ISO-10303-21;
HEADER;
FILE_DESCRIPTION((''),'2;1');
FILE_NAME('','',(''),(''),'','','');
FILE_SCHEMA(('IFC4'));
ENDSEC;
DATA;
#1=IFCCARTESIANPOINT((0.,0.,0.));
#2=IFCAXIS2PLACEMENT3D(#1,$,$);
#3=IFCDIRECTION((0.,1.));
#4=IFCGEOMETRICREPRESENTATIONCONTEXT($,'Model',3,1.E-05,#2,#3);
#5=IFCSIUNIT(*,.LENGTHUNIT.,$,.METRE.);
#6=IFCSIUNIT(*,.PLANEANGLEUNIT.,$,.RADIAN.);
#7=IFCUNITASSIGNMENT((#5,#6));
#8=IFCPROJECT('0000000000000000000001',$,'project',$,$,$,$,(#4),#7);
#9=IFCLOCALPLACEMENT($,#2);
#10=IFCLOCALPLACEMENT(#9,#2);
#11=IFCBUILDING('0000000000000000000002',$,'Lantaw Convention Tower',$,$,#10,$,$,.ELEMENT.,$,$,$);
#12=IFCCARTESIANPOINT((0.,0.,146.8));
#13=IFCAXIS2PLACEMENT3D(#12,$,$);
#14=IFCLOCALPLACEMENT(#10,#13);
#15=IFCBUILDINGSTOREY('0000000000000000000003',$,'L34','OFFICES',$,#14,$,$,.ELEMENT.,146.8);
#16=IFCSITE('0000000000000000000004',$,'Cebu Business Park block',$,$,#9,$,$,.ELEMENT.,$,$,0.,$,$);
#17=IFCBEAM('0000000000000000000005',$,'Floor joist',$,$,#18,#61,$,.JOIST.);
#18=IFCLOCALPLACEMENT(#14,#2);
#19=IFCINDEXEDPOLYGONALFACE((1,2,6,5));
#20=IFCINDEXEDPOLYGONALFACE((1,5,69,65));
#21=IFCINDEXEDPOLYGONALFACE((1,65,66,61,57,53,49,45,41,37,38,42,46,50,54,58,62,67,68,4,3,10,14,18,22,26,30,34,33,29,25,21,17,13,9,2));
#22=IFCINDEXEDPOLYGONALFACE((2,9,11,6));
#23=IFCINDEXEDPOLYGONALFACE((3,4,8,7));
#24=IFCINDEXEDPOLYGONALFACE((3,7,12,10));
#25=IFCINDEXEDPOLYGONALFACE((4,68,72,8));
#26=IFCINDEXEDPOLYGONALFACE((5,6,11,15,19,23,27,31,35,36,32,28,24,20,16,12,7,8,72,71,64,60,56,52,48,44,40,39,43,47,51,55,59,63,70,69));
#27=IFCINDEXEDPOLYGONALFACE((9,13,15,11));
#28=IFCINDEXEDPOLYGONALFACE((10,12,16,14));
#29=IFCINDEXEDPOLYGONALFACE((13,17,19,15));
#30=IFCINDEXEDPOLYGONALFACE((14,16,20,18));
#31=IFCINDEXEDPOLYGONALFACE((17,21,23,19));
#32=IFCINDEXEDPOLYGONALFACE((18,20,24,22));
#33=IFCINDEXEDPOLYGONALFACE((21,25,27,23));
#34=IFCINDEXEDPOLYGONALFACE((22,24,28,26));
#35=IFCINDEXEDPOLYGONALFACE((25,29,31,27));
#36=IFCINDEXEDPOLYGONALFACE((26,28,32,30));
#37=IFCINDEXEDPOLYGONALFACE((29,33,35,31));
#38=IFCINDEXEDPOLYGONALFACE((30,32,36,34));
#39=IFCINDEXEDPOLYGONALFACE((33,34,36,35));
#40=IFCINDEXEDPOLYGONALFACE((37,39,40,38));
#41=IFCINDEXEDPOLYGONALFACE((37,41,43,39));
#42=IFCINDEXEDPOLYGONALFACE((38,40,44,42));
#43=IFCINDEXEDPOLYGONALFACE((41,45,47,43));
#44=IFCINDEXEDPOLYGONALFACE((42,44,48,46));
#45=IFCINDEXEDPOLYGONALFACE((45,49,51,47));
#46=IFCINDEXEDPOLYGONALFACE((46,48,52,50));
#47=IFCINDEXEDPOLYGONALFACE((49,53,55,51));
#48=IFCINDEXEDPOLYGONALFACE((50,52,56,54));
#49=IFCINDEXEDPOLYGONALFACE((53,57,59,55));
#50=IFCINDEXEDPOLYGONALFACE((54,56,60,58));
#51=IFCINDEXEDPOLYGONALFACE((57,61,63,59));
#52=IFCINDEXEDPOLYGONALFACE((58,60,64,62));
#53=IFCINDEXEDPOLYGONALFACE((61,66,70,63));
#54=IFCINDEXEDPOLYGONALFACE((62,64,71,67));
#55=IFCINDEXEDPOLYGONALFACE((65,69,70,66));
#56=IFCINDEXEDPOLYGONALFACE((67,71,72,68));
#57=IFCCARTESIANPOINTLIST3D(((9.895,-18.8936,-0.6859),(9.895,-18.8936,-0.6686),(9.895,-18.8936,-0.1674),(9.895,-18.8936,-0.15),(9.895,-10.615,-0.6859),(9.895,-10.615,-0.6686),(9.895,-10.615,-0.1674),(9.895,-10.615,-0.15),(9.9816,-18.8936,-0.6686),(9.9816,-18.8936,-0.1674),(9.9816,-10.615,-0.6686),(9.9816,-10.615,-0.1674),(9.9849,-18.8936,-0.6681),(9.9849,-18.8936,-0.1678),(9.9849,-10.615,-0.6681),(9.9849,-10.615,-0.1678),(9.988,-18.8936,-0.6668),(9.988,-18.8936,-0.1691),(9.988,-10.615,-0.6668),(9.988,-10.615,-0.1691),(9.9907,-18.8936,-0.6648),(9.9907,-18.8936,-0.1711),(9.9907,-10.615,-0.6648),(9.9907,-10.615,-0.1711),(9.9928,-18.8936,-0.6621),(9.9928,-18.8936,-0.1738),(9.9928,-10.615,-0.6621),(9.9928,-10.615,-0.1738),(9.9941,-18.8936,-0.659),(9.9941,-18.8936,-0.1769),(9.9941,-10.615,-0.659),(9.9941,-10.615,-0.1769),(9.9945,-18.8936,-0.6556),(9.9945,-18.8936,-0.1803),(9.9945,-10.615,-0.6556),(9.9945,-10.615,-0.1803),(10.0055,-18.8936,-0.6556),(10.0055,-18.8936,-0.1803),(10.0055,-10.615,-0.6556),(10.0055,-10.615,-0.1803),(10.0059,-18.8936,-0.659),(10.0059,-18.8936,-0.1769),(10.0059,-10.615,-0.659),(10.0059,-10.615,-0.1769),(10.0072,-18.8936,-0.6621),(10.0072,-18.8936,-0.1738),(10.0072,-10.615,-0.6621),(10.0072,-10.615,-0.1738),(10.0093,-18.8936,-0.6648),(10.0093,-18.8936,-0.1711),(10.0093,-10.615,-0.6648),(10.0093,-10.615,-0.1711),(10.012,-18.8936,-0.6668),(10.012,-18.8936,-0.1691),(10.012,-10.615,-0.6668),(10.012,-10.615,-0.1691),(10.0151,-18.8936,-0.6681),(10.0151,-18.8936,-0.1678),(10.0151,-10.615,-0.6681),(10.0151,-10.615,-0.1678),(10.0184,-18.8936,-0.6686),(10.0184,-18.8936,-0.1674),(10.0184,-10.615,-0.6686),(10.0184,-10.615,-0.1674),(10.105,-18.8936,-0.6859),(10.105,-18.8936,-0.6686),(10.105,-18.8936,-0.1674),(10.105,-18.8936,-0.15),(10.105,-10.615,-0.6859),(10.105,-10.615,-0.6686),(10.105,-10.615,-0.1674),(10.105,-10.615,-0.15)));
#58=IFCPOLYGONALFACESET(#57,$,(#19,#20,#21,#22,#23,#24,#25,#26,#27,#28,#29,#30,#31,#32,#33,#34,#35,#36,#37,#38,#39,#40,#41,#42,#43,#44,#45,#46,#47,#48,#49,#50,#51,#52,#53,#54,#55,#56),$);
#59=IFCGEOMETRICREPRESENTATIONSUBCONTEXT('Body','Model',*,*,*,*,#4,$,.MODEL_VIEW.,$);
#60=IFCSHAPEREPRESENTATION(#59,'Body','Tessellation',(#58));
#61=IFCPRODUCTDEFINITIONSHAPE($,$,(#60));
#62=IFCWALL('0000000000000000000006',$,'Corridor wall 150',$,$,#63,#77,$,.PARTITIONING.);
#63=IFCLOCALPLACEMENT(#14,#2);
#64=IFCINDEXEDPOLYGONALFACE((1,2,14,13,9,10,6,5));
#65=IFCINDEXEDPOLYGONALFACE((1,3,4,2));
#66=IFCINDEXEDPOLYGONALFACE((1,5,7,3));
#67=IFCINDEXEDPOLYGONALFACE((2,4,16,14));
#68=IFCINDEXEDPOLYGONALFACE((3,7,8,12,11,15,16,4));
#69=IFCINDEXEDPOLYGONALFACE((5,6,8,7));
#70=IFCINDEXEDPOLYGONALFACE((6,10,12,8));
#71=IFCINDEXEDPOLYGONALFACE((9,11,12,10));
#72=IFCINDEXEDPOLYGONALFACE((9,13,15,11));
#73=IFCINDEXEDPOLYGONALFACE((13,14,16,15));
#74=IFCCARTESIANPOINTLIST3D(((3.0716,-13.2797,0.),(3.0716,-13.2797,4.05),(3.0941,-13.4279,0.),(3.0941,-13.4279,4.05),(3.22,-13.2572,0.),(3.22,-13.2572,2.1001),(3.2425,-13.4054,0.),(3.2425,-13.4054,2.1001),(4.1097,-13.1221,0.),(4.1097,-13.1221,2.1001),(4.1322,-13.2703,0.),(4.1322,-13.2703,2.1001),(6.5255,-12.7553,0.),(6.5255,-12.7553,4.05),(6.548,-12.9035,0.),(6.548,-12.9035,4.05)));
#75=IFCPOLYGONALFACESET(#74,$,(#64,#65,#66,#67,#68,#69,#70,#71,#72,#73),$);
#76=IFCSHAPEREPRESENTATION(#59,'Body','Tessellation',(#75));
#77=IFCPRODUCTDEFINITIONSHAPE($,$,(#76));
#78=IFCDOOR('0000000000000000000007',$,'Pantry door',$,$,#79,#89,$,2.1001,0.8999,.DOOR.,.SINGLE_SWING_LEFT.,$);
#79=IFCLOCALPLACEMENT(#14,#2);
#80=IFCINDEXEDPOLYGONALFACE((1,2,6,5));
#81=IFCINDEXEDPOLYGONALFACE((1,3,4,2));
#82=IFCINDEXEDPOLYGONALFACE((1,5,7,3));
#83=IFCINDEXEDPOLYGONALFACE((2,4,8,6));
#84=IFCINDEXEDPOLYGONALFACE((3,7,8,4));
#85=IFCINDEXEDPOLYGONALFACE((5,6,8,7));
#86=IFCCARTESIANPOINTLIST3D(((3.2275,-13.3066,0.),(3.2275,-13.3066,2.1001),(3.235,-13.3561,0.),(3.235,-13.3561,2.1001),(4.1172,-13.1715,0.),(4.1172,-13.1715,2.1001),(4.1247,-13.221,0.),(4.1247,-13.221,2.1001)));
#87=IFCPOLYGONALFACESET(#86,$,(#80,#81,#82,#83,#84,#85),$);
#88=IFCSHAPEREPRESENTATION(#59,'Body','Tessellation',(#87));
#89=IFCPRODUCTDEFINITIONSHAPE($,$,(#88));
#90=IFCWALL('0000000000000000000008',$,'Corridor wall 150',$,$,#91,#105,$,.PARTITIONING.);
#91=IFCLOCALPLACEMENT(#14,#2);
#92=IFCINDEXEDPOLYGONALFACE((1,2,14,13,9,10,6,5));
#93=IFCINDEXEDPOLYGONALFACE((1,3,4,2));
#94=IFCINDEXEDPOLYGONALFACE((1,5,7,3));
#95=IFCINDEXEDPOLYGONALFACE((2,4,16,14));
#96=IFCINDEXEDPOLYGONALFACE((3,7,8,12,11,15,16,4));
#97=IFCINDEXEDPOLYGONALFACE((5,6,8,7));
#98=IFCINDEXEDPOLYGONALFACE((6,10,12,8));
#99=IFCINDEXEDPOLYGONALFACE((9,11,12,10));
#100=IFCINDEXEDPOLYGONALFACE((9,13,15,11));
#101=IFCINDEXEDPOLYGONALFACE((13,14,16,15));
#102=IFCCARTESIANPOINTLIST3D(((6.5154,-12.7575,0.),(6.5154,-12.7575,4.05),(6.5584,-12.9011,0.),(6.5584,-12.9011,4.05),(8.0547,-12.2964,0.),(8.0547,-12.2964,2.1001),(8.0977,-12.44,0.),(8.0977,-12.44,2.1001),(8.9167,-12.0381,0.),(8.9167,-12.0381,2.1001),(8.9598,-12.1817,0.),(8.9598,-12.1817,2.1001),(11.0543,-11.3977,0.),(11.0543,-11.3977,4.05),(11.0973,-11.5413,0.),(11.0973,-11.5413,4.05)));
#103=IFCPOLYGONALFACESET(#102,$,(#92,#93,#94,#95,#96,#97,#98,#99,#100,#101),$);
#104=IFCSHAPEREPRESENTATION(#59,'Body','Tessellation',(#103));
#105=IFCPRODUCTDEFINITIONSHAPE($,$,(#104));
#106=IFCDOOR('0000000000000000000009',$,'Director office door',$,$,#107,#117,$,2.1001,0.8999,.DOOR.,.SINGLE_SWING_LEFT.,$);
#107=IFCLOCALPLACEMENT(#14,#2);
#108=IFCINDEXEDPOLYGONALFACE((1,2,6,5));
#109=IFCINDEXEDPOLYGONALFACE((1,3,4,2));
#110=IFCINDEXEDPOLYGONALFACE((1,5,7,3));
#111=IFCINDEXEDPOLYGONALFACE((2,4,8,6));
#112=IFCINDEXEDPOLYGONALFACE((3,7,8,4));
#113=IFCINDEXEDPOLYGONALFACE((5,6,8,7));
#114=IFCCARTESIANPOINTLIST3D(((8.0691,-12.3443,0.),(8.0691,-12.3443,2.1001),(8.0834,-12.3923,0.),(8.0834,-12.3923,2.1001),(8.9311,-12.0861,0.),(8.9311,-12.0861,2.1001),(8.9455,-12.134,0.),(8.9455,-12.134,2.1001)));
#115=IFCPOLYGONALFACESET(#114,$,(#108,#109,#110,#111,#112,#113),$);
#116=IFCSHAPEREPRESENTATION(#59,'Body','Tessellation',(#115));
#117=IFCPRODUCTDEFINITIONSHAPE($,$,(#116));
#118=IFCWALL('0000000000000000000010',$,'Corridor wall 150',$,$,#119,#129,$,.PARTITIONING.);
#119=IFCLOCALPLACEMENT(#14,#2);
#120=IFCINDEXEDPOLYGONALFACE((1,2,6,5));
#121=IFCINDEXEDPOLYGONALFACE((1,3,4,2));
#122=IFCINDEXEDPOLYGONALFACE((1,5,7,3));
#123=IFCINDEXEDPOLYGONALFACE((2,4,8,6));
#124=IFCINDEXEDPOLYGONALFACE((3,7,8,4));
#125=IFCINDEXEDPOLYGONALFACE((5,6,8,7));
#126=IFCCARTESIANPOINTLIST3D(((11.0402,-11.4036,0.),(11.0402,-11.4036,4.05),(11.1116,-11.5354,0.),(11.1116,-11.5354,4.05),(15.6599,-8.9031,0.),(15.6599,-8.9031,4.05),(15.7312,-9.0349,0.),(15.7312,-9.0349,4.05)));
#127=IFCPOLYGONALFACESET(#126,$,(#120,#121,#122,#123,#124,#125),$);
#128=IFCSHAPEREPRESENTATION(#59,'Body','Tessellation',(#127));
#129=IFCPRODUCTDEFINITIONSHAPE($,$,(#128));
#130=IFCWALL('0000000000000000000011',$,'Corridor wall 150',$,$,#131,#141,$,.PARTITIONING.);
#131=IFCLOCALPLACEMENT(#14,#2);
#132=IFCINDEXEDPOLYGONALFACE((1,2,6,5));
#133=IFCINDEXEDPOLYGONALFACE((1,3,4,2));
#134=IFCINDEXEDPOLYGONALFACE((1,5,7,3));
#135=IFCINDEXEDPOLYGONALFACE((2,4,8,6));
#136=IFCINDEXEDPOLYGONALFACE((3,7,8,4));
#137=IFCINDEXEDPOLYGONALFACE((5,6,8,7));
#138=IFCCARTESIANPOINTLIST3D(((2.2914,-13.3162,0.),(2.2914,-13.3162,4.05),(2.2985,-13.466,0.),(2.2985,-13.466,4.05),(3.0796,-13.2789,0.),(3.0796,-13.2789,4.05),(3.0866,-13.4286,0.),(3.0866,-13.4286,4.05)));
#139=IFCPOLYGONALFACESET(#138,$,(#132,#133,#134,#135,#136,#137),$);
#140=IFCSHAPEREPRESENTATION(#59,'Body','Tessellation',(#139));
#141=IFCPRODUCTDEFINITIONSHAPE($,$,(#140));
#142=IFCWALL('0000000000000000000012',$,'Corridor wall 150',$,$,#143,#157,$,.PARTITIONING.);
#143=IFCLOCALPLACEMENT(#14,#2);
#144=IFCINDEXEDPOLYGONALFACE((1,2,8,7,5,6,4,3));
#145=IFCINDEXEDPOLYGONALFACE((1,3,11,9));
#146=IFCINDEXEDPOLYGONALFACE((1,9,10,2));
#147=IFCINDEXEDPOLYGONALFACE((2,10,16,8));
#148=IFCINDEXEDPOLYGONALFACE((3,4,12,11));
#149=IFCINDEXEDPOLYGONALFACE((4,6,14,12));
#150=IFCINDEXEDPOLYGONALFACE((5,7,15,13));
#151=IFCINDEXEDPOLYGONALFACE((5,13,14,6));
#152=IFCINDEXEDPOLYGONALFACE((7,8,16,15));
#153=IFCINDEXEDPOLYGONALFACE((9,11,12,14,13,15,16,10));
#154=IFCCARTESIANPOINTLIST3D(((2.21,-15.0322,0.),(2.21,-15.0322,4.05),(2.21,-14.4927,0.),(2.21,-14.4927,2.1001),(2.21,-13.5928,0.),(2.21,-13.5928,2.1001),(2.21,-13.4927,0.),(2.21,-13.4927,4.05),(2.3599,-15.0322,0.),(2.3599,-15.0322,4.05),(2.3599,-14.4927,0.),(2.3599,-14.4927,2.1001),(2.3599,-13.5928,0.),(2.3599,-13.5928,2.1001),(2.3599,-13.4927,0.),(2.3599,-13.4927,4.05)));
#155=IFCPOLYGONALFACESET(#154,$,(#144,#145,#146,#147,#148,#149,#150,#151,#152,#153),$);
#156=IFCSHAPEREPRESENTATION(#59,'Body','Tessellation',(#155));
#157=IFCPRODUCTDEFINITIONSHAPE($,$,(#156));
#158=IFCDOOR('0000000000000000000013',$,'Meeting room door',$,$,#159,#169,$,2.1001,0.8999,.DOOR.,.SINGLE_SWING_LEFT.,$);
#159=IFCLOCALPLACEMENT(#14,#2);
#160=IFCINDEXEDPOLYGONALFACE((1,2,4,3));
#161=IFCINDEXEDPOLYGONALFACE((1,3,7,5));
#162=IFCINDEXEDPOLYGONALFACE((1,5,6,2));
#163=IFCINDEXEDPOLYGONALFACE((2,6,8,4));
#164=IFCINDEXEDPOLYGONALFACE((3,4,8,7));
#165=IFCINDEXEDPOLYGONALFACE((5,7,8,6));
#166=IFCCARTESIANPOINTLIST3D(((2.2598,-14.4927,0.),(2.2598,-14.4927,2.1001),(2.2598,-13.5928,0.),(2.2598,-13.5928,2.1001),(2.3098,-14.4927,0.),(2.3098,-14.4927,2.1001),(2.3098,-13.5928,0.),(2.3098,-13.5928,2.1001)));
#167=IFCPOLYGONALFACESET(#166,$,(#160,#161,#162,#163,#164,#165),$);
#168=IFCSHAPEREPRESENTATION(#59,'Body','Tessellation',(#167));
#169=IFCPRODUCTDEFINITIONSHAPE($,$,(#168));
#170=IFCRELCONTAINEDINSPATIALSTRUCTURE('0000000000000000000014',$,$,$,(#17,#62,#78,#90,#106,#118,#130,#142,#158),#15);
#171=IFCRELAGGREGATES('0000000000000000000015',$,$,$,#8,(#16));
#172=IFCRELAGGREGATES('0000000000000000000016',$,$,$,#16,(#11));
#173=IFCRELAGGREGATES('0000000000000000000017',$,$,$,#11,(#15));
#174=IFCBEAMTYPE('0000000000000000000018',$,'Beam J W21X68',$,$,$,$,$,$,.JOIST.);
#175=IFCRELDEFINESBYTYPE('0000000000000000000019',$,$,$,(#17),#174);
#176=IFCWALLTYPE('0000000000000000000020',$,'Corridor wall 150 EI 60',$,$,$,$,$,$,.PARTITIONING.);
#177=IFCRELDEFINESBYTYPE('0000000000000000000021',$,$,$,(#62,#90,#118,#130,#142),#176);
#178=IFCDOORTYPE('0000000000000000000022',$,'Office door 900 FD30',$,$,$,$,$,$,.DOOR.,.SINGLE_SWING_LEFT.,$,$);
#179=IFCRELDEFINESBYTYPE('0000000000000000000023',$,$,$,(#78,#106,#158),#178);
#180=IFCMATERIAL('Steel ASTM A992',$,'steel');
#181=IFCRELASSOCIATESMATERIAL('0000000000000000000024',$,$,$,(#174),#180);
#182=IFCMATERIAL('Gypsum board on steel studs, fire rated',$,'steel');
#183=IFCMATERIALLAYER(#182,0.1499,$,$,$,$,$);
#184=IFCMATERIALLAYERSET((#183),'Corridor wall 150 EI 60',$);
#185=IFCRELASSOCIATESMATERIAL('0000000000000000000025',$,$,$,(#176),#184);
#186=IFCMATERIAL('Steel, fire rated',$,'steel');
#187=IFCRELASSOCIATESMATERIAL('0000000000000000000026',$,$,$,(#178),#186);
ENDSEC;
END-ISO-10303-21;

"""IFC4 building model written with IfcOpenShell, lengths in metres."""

from ifc_helpers import new_model, si_unit, direction, frame, frame_2d, origin, origin_2d, place, context, subcontext, project, spatial, rectangle, i_section, extrude, material, layer, layer_set, material_profile, profile_set, type_object, element, fill, save


model = new_model("IFC4")

# Units and contexts
model_context = context("Model", 3, precision=1e-05, world=origin(), true_north=direction((0.0, 1.0)))
body_context = subcontext(model_context, "Body", "Model", "MODEL_VIEW")
ifc_project = project(units=[si_unit("LENGTHUNIT", "METRE"), si_unit("PLANEANGLEUNIT", "RADIAN")], contexts=[model_context])

# Site, building, storey
site_placement = place(None, origin())
site = spatial("IfcSite", under=ifc_project, at=site_placement, Name="Cebu Business Park block", CompositionType="ELEMENT", RefElevation=0.0)
building_placement = place(site_placement, origin())
building = spatial("IfcBuilding", under=site, at=building_placement, Name="Lantaw Convention Tower", CompositionType="ELEMENT")
storey_placement = place(building_placement, frame((0.0, 0.0, 146.8)))
storey = spatial("IfcBuildingStorey", under=building, at=storey_placement, Name="L34", Description="OFFICES", CompositionType="ELEMENT", Elevation=146.8)

# Beam
ifc_material_1 = material(Name="Steel ASTM A992", Category="steel")
ifc_material_profile_1 = material_profile(ifc_material_1, i_section(OverallWidth=0.21, OverallDepth=0.5359, WebThickness=0.011, FlangeThickness=0.0173, FilletRadius=0.0129, at=origin_2d()), Name="W21X68")
ifc_profile_set_1 = profile_set([ifc_material_profile_1], Name="Steel ASTM A992")
beam_type_1 = type_object("IfcBeamType", Name="Beam J W21X68", PredefinedType="JOIST", material=ifc_profile_set_1)
beam_1_placement = place(storey_placement, frame((10.0, -18.8936, -0.418), z_axis=(0.0, 1.0, 0.0), x_axis=(-1.0, 0.0, 0.0)))
element("IfcBeam", 1, at=beam_1_placement, inside=storey, type_object=beam_type_1, Name="Floor joist", PredefinedType="JOIST", context=body_context, shape_type="SweptSolid", body=[
    extrude(i_section(OverallWidth=0.21, OverallDepth=0.5359, WebThickness=0.011, FlangeThickness=0.0173, FilletRadius=0.0129, at=origin_2d()), origin(), (0.0, 0.0, 1.0), 8.2786),
])

# Walls, openings, doors
ifc_material_2 = material(Name="Gypsum board on steel studs, fire rated", Category="steel")
ifc_layer_1 = layer(ifc_material_2, 0.1499)
ifc_layer_set_1 = layer_set([ifc_layer_1], Name="Corridor wall 150 EI 60")
wall_type_1 = type_object("IfcWallType", Name="Corridor wall 150 EI 60", PredefinedType="PARTITIONING", material=ifc_layer_set_1)
wall_1_placement = place(storey_placement, frame((3.083, -13.3538, 0.0), z_axis=(0.0, 0.0, 1.0), x_axis=(0.988669, 0.150114, 0.0)))
wall_1 = element("IfcWall", 2, at=wall_1_placement, inside=storey, type_object=wall_type_1, Name="Corridor wall 150", PredefinedType="PARTITIONING", context=body_context, shape_type="SweptSolid", body=[
    extrude(rectangle(XDim=3.4934, YDim=0.1499, at=frame_2d((1.7466, 0.0))), origin(), (0.0, 0.0, 1.0), 4.05),
])
opening_1_placement = place(wall_1_placement, frame((0.1499, 0.0, 0.0)))
opening_1 = element("IfcOpeningElement", 3, at=opening_1_placement, cuts=wall_1, PredefinedType="OPENING", context=body_context, shape_type="SweptSolid", body=[
    extrude(rectangle(XDim=0.8999, YDim=2.1001, at=frame_2d((0.45, 1.05))), frame((0.0, 0.085, 0.0), z_axis=(0.0, -1.0, 0.0), x_axis=(1.0, 0.0, 0.0)), (0.0, 0.0, 1.0), 0.1699),
])
ifc_material_3 = material(Name="Steel, fire rated", Category="steel")
door_type_1 = type_object("IfcDoorType", Name="Office door 900 FD30", OperationType="SINGLE_SWING_LEFT", PredefinedType="DOOR", material=ifc_material_3)
door_1_placement = place(opening_1_placement, origin())
door_1 = element("IfcDoor", 4, at=door_1_placement, inside=storey, type_object=door_type_1, Name="Pantry door", OperationType="SINGLE_SWING_LEFT", OverallHeight=2.1001, OverallWidth=0.8999, PredefinedType="DOOR", context=body_context, shape_type="SweptSolid", body=[
    extrude(rectangle(XDim=0.8999, YDim=2.1001, at=frame_2d((0.45, 1.05))), frame((0.0, 0.0249, 0.0), z_axis=(0.0, -1.0, 0.0), x_axis=(1.0, 0.0, 0.0)), (0.0, 0.0, 1.0), 0.05),
])
fill(opening_1, door_1)
wall_2_placement = place(storey_placement, frame((6.5369, -12.8293, 0.0), z_axis=(0.0, 0.0, 1.0), x_axis=(0.957934, 0.286989, 0.0)))
wall_2 = element("IfcWall", 5, at=wall_2_placement, inside=storey, type_object=wall_type_1, Name="Corridor wall 150", PredefinedType="PARTITIONING", context=body_context, shape_type="SweptSolid", body=[
    extrude(rectangle(XDim=4.7383, YDim=0.1499, at=frame_2d((2.3691, 0.0))), origin(), (0.0, 0.0, 1.0), 4.05),
])
opening_2_placement = place(wall_2_placement, frame((1.6069, 0.0, 0.0)))
opening_2 = element("IfcOpeningElement", 6, at=opening_2_placement, cuts=wall_2, PredefinedType="OPENING", context=body_context, shape_type="SweptSolid", body=[
    extrude(rectangle(XDim=0.8999, YDim=2.1001, at=frame_2d((0.45, 1.05))), frame((0.0, 0.085, 0.0), z_axis=(0.0, -1.0, 0.0), x_axis=(1.0, 0.0, 0.0)), (0.0, 0.0, 1.0), 0.1699),
])
door_2_placement = place(opening_2_placement, origin())
door_2 = element("IfcDoor", 7, at=door_2_placement, inside=storey, type_object=door_type_1, Name="Director office door", OperationType="SINGLE_SWING_LEFT", OverallHeight=2.1001, OverallWidth=0.8999, PredefinedType="DOOR", context=body_context, shape_type="SweptSolid", body=[
    extrude(rectangle(XDim=0.8999, YDim=2.1001, at=frame_2d((0.45, 1.05))), frame((0.0, 0.0249, 0.0), z_axis=(0.0, -1.0, 0.0), x_axis=(1.0, 0.0, 0.0)), (0.0, 0.0, 1.0), 0.05),
])
fill(opening_2, door_2)

# Walls
wall_3_placement = place(storey_placement, frame((11.0759, -11.4695, 0.0), z_axis=(0.0, 0.0, 1.0), x_axis=(0.879436, 0.476017, 0.0)))
element("IfcWall", 8, at=wall_3_placement, inside=storey, type_object=wall_type_1, Name="Corridor wall 150", PredefinedType="PARTITIONING", context=body_context, shape_type="SweptSolid", body=[
    extrude(rectangle(XDim=5.2529, YDim=0.1499, at=frame_2d((2.6265, 0.0))), origin(), (0.0, 0.0, 1.0), 4.05),
])
wall_4_placement = place(storey_placement, frame((2.2949, -13.3911, 0.0), z_axis=(0.0, 0.0, 1.0), x_axis=(0.998879, 0.047345, 0.0)))
element("IfcWall", 9, at=wall_4_placement, inside=storey, type_object=wall_type_1, Name="Corridor wall 150", PredefinedType="PARTITIONING", context=body_context, shape_type="SweptSolid", body=[
    extrude(rectangle(XDim=0.7891, YDim=0.1499, at=frame_2d((0.3945, 0.0))), origin(), (0.0, 0.0, 1.0), 4.05),
])

# Wall, opening, door
wall_5_placement = place(storey_placement, frame((2.2849, -13.4927, 0.0), z_axis=(0.0, 0.0, 1.0), x_axis=(0.0, -1.0, 0.0)))
wall_5 = element("IfcWall", 10, at=wall_5_placement, inside=storey, type_object=wall_type_1, Name="Corridor wall 150", PredefinedType="PARTITIONING", context=body_context, shape_type="SweptSolid", body=[
    extrude(rectangle(XDim=1.5396, YDim=0.1499, at=frame_2d((0.7698, 0.0))), origin(), (0.0, 0.0, 1.0), 4.05),
])
opening_3_placement = place(wall_5_placement, frame((0.1001, 0.0, 0.0)))
opening_3 = element("IfcOpeningElement", 11, at=opening_3_placement, cuts=wall_5, PredefinedType="OPENING", context=body_context, shape_type="SweptSolid", body=[
    extrude(rectangle(XDim=0.8999, YDim=2.1001, at=frame_2d((0.45, 1.05))), frame((0.0, 0.085, 0.0), z_axis=(0.0, -1.0, 0.0), x_axis=(1.0, 0.0, 0.0)), (0.0, 0.0, 1.0), 0.1699),
])
door_3_placement = place(opening_3_placement, origin())
door_3 = element("IfcDoor", 12, at=door_3_placement, inside=storey, type_object=door_type_1, Name="Meeting room door", OperationType="SINGLE_SWING_LEFT", OverallHeight=2.1001, OverallWidth=0.8999, PredefinedType="DOOR", context=body_context, shape_type="SweptSolid", body=[
    extrude(rectangle(XDim=0.8999, YDim=2.1001, at=frame_2d((0.45, 1.05))), frame((0.0, 0.0249, 0.0), z_axis=(0.0, -1.0, 0.0), x_axis=(1.0, 0.0, 0.0)), (0.0, 0.0, 1.0), 0.05),
])
fill(opening_3, door_3)

save(model, "model.ifc")
